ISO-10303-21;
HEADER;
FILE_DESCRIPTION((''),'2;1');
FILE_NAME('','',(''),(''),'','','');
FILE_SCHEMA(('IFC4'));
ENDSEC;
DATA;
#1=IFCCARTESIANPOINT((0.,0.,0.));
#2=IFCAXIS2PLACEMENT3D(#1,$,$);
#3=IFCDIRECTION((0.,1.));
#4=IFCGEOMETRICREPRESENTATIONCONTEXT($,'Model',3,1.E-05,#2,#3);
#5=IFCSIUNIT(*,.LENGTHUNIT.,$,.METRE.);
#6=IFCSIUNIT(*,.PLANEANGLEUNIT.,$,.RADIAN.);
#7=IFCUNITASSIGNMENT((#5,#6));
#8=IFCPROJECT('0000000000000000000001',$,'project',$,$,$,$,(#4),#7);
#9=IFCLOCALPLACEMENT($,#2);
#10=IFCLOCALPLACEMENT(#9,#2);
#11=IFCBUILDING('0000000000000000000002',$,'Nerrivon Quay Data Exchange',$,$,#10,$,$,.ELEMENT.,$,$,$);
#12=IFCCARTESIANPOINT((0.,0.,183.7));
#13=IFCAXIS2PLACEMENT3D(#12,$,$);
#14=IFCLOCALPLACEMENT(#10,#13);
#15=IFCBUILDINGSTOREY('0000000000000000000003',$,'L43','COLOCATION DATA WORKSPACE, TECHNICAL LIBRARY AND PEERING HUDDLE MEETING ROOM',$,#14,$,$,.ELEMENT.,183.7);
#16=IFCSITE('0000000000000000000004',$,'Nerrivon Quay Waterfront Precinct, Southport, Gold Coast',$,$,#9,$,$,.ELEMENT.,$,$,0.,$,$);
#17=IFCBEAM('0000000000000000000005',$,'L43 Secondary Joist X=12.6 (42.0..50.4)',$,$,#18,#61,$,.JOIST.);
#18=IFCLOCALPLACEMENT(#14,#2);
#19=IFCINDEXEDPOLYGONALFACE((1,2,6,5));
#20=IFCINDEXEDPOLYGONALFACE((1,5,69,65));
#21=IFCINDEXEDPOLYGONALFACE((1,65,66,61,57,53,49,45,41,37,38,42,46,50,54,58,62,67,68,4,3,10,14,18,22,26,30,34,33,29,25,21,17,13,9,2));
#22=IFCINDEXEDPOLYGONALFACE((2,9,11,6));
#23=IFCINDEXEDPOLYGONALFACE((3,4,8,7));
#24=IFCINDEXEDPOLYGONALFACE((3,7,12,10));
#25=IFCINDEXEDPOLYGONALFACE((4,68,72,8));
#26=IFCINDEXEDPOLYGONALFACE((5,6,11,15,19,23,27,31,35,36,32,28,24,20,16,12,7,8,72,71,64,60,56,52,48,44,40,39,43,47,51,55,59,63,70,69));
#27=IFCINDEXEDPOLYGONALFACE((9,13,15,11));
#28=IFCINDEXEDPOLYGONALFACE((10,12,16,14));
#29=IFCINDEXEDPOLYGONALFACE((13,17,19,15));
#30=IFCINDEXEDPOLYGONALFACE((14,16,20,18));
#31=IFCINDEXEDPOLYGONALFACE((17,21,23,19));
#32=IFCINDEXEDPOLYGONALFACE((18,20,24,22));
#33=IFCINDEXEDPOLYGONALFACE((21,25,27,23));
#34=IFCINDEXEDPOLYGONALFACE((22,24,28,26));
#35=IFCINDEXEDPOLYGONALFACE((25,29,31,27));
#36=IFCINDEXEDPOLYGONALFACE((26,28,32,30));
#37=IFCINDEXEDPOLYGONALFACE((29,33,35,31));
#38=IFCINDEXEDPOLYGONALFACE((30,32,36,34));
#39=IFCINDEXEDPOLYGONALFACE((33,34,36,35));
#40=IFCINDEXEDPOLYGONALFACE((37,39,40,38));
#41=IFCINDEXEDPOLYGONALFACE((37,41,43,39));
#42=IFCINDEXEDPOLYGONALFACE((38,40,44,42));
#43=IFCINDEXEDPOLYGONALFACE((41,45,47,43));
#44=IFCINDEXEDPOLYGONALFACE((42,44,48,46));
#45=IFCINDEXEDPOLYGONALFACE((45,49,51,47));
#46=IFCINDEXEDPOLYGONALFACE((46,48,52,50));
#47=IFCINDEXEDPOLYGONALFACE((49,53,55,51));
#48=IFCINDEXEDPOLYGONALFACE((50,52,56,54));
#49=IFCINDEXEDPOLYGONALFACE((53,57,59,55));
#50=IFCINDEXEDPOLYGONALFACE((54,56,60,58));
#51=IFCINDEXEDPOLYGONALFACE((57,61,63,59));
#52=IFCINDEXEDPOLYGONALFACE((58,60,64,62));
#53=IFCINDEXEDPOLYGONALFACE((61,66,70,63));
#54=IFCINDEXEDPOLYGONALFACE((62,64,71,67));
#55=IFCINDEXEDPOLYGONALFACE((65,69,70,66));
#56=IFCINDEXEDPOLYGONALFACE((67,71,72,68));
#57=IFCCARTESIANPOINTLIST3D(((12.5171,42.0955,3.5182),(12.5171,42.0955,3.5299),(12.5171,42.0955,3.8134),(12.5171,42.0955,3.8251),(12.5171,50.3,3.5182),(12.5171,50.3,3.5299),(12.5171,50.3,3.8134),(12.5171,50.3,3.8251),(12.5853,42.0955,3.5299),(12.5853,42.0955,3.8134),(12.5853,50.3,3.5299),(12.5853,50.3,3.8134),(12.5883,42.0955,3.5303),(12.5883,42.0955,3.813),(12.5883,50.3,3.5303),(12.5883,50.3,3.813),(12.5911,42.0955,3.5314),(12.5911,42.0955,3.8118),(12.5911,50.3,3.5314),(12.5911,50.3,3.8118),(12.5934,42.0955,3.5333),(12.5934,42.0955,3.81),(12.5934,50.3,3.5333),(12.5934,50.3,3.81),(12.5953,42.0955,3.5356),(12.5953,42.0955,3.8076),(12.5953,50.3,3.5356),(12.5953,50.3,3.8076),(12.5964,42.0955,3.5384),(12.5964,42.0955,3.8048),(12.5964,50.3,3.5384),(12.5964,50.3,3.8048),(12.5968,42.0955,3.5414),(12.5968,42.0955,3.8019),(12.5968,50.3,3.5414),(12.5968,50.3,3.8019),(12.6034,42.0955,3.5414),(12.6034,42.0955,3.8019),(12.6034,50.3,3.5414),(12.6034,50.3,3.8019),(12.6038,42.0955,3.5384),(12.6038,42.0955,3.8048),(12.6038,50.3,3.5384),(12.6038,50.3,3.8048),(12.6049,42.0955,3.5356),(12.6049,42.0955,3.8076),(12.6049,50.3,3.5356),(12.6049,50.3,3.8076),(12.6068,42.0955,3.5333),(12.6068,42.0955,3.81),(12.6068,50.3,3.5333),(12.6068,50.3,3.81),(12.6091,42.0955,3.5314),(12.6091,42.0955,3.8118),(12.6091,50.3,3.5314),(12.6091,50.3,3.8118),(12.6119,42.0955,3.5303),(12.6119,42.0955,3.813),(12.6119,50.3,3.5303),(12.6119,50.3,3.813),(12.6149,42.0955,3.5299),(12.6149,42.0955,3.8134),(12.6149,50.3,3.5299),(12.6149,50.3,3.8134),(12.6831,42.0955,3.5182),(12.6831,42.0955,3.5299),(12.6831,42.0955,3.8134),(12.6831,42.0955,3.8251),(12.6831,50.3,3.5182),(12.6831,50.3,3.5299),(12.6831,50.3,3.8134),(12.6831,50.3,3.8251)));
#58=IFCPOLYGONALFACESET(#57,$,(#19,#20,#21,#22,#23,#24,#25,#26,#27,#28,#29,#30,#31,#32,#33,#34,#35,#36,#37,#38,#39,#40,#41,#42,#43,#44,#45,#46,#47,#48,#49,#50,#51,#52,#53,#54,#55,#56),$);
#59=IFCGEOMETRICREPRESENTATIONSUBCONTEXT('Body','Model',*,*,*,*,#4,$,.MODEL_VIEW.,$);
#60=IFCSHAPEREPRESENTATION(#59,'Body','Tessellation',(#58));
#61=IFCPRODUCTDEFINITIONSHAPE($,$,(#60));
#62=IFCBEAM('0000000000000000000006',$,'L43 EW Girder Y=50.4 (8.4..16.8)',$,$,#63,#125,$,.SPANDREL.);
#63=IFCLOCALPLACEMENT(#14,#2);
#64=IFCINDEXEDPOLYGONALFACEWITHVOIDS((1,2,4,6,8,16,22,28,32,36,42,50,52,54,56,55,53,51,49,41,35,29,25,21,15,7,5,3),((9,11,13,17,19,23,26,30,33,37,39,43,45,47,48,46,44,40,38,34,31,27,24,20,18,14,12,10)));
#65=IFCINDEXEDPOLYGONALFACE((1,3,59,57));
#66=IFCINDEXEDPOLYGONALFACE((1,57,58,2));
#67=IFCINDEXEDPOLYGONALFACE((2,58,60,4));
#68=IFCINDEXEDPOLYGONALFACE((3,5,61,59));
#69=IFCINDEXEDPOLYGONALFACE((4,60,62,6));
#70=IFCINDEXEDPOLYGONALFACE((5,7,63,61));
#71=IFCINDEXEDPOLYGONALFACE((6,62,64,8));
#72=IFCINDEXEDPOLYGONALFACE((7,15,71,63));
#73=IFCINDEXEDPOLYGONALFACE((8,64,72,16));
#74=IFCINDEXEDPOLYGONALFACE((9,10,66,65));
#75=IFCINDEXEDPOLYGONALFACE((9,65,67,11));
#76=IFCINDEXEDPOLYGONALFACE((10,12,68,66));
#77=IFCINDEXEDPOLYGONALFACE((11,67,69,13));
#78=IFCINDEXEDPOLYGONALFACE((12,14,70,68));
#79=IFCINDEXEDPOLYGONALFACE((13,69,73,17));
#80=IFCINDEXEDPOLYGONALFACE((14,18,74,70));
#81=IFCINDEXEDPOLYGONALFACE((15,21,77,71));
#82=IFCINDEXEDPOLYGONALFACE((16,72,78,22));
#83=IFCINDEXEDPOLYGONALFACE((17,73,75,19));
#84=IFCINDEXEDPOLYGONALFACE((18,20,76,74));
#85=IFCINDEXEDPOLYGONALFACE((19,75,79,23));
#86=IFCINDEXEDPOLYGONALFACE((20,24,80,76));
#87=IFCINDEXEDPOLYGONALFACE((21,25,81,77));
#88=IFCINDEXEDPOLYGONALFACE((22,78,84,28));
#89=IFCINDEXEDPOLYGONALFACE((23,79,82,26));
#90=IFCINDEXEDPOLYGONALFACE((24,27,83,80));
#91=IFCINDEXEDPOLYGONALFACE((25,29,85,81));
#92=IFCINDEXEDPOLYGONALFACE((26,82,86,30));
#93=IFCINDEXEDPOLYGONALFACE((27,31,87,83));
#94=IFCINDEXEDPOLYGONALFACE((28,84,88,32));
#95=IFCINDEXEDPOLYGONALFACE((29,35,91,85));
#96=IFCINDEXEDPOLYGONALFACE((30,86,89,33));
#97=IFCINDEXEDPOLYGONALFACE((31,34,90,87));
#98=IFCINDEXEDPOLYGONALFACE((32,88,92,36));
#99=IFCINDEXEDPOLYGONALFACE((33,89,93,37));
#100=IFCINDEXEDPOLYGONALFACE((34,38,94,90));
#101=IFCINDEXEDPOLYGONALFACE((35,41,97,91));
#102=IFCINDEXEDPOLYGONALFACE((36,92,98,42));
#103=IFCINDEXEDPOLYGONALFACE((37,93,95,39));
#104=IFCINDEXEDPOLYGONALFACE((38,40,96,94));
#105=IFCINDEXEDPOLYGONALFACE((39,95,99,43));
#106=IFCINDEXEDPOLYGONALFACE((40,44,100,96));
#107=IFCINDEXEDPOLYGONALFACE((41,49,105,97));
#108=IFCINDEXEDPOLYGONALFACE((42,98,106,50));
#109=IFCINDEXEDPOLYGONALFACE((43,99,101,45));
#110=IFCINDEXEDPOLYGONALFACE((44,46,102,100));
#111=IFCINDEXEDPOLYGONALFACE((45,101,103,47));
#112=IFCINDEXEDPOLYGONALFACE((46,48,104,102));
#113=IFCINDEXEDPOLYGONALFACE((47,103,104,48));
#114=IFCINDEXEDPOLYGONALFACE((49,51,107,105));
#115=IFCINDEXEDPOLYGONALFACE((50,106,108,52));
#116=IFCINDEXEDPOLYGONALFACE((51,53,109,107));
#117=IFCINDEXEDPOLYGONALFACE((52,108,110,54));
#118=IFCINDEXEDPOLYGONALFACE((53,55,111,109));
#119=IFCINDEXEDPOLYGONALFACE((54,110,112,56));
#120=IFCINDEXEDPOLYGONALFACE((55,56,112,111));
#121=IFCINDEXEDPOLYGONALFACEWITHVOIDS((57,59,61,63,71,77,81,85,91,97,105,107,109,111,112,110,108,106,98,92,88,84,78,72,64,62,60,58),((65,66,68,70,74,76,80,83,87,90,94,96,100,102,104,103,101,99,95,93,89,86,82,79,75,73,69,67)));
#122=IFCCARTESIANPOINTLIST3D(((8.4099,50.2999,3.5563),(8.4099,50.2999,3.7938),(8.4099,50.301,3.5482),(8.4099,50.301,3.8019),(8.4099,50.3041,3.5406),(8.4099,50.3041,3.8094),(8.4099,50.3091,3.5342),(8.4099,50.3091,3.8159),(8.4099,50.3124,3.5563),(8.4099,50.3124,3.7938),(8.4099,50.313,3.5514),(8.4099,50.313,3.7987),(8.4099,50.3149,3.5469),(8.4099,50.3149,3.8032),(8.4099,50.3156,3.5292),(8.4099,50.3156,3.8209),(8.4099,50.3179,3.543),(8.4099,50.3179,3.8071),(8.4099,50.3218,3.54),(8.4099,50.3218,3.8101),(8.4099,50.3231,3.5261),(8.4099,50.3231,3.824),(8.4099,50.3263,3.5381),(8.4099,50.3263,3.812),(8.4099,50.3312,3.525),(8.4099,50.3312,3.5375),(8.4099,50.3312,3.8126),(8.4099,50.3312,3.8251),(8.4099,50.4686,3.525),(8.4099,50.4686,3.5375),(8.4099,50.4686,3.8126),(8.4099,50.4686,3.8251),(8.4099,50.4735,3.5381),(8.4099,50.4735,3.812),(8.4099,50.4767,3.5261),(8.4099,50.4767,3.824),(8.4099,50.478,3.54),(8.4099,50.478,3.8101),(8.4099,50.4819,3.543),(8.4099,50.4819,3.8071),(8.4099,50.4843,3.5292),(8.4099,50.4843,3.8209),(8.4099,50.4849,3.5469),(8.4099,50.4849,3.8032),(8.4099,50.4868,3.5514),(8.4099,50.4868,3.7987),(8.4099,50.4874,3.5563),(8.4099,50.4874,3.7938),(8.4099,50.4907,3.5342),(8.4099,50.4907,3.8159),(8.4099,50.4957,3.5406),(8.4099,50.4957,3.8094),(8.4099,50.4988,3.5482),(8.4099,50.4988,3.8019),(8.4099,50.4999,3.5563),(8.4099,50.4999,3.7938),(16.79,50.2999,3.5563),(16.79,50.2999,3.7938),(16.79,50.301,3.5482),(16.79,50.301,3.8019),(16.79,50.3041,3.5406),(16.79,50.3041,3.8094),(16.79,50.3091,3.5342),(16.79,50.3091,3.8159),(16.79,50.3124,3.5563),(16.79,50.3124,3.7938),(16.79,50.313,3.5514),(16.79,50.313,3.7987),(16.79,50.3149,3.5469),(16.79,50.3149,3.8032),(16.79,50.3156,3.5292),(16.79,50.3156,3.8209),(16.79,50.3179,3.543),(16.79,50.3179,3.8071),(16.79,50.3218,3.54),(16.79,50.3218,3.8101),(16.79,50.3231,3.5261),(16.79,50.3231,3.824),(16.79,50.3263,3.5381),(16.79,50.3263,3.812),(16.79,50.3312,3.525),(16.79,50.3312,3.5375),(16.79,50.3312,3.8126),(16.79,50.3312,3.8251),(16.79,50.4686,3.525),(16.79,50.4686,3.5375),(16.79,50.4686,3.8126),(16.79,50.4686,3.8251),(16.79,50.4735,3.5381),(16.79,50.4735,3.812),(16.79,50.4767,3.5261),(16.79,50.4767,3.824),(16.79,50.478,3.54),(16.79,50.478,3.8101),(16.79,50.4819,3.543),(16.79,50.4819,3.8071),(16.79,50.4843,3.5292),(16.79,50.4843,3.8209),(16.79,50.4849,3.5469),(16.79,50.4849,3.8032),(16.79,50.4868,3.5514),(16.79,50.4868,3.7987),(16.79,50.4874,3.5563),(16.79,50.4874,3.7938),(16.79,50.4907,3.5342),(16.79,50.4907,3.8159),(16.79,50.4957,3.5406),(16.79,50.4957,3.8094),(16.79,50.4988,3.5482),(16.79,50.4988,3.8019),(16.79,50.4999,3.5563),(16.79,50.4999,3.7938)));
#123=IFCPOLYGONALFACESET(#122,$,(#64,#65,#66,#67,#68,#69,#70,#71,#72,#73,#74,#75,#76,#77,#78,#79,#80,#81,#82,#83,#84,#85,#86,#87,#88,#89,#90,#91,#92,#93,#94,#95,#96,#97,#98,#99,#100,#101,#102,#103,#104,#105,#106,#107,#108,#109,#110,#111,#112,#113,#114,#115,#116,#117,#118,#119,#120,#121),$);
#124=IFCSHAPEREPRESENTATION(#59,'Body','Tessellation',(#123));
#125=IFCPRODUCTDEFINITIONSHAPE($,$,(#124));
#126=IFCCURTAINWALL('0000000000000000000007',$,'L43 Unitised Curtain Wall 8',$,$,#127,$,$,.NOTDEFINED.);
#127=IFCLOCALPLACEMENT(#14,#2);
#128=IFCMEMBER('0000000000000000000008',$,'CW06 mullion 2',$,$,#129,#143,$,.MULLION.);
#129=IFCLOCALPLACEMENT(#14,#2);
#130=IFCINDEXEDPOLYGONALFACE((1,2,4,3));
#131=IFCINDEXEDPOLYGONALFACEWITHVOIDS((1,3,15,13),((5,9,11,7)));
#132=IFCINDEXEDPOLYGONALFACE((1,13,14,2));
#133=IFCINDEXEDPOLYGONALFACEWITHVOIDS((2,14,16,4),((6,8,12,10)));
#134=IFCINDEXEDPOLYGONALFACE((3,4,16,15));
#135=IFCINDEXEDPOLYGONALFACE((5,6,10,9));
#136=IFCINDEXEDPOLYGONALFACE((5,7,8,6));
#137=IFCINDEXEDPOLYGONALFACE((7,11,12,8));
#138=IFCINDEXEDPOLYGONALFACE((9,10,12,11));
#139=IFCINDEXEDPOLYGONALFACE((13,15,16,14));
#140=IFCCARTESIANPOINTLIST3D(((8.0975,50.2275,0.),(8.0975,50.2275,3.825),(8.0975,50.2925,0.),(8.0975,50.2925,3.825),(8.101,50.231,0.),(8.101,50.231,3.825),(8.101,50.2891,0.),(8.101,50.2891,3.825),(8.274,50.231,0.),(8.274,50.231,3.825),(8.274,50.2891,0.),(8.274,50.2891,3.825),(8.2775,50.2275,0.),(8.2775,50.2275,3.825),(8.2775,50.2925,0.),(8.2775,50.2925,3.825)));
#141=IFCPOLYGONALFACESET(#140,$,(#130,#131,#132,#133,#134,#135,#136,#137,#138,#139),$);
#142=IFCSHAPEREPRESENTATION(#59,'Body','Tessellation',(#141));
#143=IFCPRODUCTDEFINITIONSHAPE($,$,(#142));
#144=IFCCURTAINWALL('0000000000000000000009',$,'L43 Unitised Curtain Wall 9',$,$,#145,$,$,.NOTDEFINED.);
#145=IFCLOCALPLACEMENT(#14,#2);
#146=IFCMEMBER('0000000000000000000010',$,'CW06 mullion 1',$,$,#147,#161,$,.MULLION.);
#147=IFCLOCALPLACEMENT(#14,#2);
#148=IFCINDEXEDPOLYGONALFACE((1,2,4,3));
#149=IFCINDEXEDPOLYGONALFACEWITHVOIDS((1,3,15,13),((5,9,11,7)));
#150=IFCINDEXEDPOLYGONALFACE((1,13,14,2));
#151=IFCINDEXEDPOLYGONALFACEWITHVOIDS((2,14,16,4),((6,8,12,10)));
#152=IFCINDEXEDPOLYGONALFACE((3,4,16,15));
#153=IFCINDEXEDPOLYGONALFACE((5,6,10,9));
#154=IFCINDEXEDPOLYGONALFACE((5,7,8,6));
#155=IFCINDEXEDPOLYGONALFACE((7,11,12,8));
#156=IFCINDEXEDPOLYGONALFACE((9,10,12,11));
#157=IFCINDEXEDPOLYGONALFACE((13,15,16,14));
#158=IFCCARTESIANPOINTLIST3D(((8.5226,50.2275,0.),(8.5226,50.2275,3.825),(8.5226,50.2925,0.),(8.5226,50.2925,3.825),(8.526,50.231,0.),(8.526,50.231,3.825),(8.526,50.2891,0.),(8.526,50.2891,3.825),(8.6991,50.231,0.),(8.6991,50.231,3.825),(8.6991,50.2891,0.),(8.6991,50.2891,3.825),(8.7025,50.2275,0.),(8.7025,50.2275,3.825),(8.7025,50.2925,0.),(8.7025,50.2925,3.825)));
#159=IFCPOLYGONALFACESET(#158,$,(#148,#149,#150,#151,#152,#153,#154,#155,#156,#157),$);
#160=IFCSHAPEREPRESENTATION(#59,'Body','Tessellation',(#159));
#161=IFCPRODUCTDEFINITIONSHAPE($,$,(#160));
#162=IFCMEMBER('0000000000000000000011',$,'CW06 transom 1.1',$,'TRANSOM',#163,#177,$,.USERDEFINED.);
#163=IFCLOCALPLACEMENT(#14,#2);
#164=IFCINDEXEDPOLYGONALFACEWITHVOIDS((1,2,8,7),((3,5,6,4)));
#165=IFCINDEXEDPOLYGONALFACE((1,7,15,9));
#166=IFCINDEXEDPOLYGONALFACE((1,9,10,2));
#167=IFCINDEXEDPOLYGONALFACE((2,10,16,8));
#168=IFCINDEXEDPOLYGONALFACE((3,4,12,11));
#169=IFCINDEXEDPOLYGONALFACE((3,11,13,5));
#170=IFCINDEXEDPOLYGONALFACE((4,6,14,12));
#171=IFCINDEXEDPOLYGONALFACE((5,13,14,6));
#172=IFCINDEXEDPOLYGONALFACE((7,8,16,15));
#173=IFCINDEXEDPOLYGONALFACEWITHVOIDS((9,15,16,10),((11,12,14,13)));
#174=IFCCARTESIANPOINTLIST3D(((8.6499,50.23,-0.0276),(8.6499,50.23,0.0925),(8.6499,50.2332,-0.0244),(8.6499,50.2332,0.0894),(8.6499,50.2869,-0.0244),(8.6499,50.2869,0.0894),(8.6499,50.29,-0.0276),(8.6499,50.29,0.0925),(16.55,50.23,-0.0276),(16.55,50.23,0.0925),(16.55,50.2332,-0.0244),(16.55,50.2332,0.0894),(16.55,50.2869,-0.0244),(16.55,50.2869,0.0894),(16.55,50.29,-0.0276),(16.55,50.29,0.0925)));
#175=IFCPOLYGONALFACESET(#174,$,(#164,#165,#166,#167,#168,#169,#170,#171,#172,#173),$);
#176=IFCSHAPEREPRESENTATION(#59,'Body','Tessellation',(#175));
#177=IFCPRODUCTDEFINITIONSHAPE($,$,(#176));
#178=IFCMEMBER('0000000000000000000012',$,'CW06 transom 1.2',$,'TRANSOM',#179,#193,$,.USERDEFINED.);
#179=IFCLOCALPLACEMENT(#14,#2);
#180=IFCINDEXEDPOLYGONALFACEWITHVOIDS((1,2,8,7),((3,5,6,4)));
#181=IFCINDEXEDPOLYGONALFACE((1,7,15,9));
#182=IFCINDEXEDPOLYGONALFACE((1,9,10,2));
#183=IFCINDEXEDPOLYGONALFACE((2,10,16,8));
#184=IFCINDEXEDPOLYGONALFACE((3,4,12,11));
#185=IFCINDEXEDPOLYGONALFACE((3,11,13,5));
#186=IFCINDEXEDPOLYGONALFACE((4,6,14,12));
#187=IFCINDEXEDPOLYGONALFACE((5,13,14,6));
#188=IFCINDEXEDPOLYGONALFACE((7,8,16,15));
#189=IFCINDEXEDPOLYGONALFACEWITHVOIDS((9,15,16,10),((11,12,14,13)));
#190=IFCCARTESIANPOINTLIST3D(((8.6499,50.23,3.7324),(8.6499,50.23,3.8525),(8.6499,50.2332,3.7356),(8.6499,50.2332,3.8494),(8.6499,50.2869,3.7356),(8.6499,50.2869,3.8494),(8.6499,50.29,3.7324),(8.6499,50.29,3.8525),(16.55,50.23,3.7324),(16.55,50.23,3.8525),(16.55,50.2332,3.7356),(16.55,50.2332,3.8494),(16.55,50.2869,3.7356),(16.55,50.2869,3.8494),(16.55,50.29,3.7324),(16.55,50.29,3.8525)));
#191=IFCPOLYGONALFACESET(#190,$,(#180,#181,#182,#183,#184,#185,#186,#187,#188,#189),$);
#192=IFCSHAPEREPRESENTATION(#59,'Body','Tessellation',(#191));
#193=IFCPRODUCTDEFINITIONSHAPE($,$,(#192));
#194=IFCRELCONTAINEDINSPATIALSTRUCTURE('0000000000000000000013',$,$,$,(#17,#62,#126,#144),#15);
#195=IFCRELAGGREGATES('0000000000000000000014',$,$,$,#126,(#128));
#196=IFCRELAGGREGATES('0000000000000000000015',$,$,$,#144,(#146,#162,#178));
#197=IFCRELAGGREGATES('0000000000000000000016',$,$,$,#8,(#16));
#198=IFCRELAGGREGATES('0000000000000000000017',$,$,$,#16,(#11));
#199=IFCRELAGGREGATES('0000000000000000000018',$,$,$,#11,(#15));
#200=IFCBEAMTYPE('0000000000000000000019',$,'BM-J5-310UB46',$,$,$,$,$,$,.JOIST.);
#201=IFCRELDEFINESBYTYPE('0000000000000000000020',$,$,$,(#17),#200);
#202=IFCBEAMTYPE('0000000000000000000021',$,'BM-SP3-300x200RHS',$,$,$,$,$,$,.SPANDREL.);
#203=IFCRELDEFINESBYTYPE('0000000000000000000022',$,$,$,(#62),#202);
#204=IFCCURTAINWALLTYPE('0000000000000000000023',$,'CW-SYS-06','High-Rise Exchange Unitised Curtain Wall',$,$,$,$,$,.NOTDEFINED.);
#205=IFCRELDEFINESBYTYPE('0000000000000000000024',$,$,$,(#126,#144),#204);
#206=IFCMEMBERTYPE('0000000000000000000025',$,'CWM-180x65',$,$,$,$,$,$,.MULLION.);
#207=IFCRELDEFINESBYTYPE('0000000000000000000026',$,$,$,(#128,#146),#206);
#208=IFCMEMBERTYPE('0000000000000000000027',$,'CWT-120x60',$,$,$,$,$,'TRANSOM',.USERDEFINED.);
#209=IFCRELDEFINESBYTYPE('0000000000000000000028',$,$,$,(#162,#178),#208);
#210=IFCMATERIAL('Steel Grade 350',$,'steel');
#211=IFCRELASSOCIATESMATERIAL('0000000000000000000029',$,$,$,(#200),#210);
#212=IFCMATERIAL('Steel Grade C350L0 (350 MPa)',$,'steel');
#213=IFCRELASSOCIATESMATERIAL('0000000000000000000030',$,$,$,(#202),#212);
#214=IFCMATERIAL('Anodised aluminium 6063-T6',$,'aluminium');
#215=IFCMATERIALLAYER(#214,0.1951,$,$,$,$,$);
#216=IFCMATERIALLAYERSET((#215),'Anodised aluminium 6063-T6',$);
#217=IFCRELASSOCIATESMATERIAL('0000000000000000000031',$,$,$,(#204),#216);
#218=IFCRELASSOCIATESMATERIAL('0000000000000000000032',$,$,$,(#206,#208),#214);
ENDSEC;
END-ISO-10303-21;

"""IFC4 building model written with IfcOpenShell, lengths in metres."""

from ifc_helpers import new_model, si_unit, direction, frame, origin, origin_2d, place, context, subcontext, project, spatial, hollow_rectangle, i_section, extrude, material, layer, layer_set, material_profile, profile_set, type_object, element, aggregate, save


model = new_model("IFC4")

# Units and contexts
model_context = context("Model", 3, precision=1e-05, world=origin(), true_north=direction((0.0, 1.0)))
body_context = subcontext(model_context, "Body", "Model", "MODEL_VIEW")
ifc_project = project(units=[si_unit("LENGTHUNIT", "METRE"), si_unit("PLANEANGLEUNIT", "RADIAN")], contexts=[model_context])

# Site, building, storey
site_placement = place(None, origin())
site = spatial("IfcSite", under=ifc_project, at=site_placement, Name="Nerrivon Quay Waterfront Precinct, Southport, Gold Coast", CompositionType="ELEMENT", RefElevation=0.0)
building_placement = place(site_placement, origin())
building = spatial("IfcBuilding", under=site, at=building_placement, Name="Nerrivon Quay Data Exchange", CompositionType="ELEMENT")
storey_placement = place(building_placement, frame((0.0, 0.0, 183.7)))
storey = spatial("IfcBuildingStorey", under=building, at=storey_placement, Name="L43", Description="COLOCATION DATA WORKSPACE, TECHNICAL LIBRARY AND PEERING HUDDLE MEETING ROOM", CompositionType="ELEMENT", Elevation=183.7)

# Shared definitions
ifc_material_1 = material(Name="Steel Grade 350", Category="steel")

# Beams
ifc_material_profile_1 = material_profile(ifc_material_1, i_section(OverallWidth=0.166, OverallDepth=0.3069, WebThickness=0.0066, FlangeThickness=0.0117, FilletRadius=0.0115, at=origin_2d()), Name="310UB46.2")
ifc_profile_set_1 = profile_set([ifc_material_profile_1], Name="Steel Grade 350")
beam_type_1 = type_object("IfcBeamType", Name="BM-J5-310UB46", PredefinedType="JOIST", material=ifc_profile_set_1)
beam_1_placement = place(storey_placement, frame((12.6001, 42.0955, 3.6716), z_axis=(0.0, 1.0, 0.0), x_axis=(-1.0, 0.0, 0.0)))
element("IfcBeam", 1, at=beam_1_placement, inside=storey, type_object=beam_type_1, Name="L43 Secondary Joist X=12.6 (42.0..50.4)", PredefinedType="JOIST", context=body_context, shape_type="SweptSolid", body=[
    extrude(i_section(OverallWidth=0.166, OverallDepth=0.3069, WebThickness=0.0066, FlangeThickness=0.0117, FilletRadius=0.0115, at=origin_2d()), origin(), (0.0, 0.0, 1.0), 8.2046),
])
ifc_material_2 = material(Name="Steel Grade C350L0 (350 MPa)", Category="steel")
ifc_material_profile_2 = material_profile(ifc_material_2, hollow_rectangle(XDim=0.2, YDim=0.3, WallThickness=0.0125, InnerFilletRadius=0.0188, OuterFilletRadius=0.0312, at=origin_2d()), Name="300x200x12.5RHS")
ifc_profile_set_2 = profile_set([ifc_material_profile_2], Name="Steel Grade C350L0 (350 MPa)")
beam_type_2 = type_object("IfcBeamType", Name="BM-SP3-300x200RHS", PredefinedType="SPANDREL", material=ifc_profile_set_2)
beam_2_placement = place(storey_placement, frame((8.4099, 50.3999, 3.675), z_axis=(1.0, 0.0, 0.0), x_axis=(0.0, 1.0, 0.0)))
element("IfcBeam", 2, at=beam_2_placement, inside=storey, type_object=beam_type_2, Name="L43 EW Girder Y=50.4 (8.4..16.8)", PredefinedType="SPANDREL", context=body_context, shape_type="SweptSolid", body=[
    extrude(hollow_rectangle(XDim=0.2, YDim=0.3, WallThickness=0.0125, InnerFilletRadius=0.0188, OuterFilletRadius=0.0312, at=origin_2d()), origin(), (0.0, 0.0, 1.0), 8.3801),
])

# Curtain wall, member
ifc_material_3 = material(Name="Anodised aluminium 6063-T6", Category="aluminium")
ifc_layer_1 = layer(ifc_material_3, 0.1951)
ifc_layer_set_1 = layer_set([ifc_layer_1], Name="Anodised aluminium 6063-T6")
curtain_wall_type = type_object("IfcCurtainWallType", Name="CW-SYS-06", Description="High-Rise Exchange Unitised Curtain Wall", PredefinedType="NOTDEFINED", material=ifc_layer_set_1)
curtain_wall_1_placement = place(storey_placement, origin())
curtain_wall_1 = element("IfcCurtainWall", 3, at=curtain_wall_1_placement, inside=storey, type_object=curtain_wall_type, Name="L43 Unitised Curtain Wall 8", PredefinedType="NOTDEFINED")
ifc_material_profile_3 = material_profile(ifc_material_3, hollow_rectangle(XDim=0.0649, YDim=0.1799, WallThickness=0.0034, at=origin_2d()), Name="ALU-MULL-180x65")
ifc_profile_set_3 = profile_set([ifc_material_profile_3], Name="Anodised aluminium 6063-T6")
member_type_1 = type_object("IfcMemberType", Name="CWM-180x65", PredefinedType="MULLION", material=ifc_profile_set_3)
member_1_placement = place(storey_placement, frame((8.1875, 50.26, 0.0), z_axis=(0.0, 0.0, 1.0), x_axis=(0.0, 1.0, 0.0)))
member_1 = element("IfcMember", 4, at=member_1_placement, type_object=member_type_1, Name="CW06 mullion 2", PredefinedType="MULLION", context=body_context, shape_type="SweptSolid", body=[
    extrude(hollow_rectangle(XDim=0.0649, YDim=0.1799, WallThickness=0.0034, at=origin_2d()), origin(), (0.0, 0.0, 1.0), 3.825),
])

# Curtain wall, members
curtain_wall_2_placement = place(storey_placement, origin())
curtain_wall_2 = element("IfcCurtainWall", 5, at=curtain_wall_2_placement, inside=storey, type_object=curtain_wall_type, Name="L43 Unitised Curtain Wall 9", PredefinedType="NOTDEFINED")
member_2_placement = place(storey_placement, frame((8.6125, 50.26, 0.0), z_axis=(0.0, 0.0, 1.0), x_axis=(0.0, 1.0, 0.0)))
member_2 = element("IfcMember", 6, at=member_2_placement, type_object=member_type_1, Name="CW06 mullion 1", PredefinedType="MULLION", context=body_context, shape_type="SweptSolid", body=[
    extrude(hollow_rectangle(XDim=0.0649, YDim=0.1799, WallThickness=0.0034, at=origin_2d()), origin(), (0.0, 0.0, 1.0), 3.825),
])
ifc_material_profile_4 = material_profile(ifc_material_3, hollow_rectangle(XDim=0.0601, YDim=0.1201, WallThickness=0.0032, at=origin_2d()), Name="ALU-TRAN-120x60")
ifc_profile_set_4 = profile_set([ifc_material_profile_4], Name="Anodised aluminium 6063-T6")
member_type_2 = type_object("IfcMemberType", Name="CWT-120x60", ElementType="TRANSOM", PredefinedType="USERDEFINED", material=ifc_profile_set_4)
member_3_placement = place(storey_placement, frame((8.6499, 50.26, 0.0325), z_axis=(1.0, 0.0, 0.0), x_axis=(0.0, 1.0, 0.0)))
member_3 = element("IfcMember", 7, at=member_3_placement, type_object=member_type_2, Name="CW06 transom 1.1", ObjectType="TRANSOM", PredefinedType="USERDEFINED", context=body_context, shape_type="SweptSolid", body=[
    extrude(hollow_rectangle(XDim=0.0601, YDim=0.1201, WallThickness=0.0032, at=origin_2d()), origin(), (0.0, 0.0, 1.0), 7.9001),
])
member_4_placement = place(storey_placement, frame((8.6499, 50.26, 3.7925), z_axis=(1.0, 0.0, 0.0), x_axis=(0.0, 1.0, 0.0)))
member_4 = element("IfcMember", 8, at=member_4_placement, type_object=member_type_2, Name="CW06 transom 1.2", ObjectType="TRANSOM", PredefinedType="USERDEFINED", context=body_context, shape_type="SweptSolid", body=[
    extrude(hollow_rectangle(XDim=0.0601, YDim=0.1201, WallThickness=0.0032, at=origin_2d()), origin(), (0.0, 0.0, 1.0), 7.9001),
])

aggregate(curtain_wall_1, [member_1])
aggregate(curtain_wall_2, [member_2, member_3, member_4])

save(model, "model.ifc")
